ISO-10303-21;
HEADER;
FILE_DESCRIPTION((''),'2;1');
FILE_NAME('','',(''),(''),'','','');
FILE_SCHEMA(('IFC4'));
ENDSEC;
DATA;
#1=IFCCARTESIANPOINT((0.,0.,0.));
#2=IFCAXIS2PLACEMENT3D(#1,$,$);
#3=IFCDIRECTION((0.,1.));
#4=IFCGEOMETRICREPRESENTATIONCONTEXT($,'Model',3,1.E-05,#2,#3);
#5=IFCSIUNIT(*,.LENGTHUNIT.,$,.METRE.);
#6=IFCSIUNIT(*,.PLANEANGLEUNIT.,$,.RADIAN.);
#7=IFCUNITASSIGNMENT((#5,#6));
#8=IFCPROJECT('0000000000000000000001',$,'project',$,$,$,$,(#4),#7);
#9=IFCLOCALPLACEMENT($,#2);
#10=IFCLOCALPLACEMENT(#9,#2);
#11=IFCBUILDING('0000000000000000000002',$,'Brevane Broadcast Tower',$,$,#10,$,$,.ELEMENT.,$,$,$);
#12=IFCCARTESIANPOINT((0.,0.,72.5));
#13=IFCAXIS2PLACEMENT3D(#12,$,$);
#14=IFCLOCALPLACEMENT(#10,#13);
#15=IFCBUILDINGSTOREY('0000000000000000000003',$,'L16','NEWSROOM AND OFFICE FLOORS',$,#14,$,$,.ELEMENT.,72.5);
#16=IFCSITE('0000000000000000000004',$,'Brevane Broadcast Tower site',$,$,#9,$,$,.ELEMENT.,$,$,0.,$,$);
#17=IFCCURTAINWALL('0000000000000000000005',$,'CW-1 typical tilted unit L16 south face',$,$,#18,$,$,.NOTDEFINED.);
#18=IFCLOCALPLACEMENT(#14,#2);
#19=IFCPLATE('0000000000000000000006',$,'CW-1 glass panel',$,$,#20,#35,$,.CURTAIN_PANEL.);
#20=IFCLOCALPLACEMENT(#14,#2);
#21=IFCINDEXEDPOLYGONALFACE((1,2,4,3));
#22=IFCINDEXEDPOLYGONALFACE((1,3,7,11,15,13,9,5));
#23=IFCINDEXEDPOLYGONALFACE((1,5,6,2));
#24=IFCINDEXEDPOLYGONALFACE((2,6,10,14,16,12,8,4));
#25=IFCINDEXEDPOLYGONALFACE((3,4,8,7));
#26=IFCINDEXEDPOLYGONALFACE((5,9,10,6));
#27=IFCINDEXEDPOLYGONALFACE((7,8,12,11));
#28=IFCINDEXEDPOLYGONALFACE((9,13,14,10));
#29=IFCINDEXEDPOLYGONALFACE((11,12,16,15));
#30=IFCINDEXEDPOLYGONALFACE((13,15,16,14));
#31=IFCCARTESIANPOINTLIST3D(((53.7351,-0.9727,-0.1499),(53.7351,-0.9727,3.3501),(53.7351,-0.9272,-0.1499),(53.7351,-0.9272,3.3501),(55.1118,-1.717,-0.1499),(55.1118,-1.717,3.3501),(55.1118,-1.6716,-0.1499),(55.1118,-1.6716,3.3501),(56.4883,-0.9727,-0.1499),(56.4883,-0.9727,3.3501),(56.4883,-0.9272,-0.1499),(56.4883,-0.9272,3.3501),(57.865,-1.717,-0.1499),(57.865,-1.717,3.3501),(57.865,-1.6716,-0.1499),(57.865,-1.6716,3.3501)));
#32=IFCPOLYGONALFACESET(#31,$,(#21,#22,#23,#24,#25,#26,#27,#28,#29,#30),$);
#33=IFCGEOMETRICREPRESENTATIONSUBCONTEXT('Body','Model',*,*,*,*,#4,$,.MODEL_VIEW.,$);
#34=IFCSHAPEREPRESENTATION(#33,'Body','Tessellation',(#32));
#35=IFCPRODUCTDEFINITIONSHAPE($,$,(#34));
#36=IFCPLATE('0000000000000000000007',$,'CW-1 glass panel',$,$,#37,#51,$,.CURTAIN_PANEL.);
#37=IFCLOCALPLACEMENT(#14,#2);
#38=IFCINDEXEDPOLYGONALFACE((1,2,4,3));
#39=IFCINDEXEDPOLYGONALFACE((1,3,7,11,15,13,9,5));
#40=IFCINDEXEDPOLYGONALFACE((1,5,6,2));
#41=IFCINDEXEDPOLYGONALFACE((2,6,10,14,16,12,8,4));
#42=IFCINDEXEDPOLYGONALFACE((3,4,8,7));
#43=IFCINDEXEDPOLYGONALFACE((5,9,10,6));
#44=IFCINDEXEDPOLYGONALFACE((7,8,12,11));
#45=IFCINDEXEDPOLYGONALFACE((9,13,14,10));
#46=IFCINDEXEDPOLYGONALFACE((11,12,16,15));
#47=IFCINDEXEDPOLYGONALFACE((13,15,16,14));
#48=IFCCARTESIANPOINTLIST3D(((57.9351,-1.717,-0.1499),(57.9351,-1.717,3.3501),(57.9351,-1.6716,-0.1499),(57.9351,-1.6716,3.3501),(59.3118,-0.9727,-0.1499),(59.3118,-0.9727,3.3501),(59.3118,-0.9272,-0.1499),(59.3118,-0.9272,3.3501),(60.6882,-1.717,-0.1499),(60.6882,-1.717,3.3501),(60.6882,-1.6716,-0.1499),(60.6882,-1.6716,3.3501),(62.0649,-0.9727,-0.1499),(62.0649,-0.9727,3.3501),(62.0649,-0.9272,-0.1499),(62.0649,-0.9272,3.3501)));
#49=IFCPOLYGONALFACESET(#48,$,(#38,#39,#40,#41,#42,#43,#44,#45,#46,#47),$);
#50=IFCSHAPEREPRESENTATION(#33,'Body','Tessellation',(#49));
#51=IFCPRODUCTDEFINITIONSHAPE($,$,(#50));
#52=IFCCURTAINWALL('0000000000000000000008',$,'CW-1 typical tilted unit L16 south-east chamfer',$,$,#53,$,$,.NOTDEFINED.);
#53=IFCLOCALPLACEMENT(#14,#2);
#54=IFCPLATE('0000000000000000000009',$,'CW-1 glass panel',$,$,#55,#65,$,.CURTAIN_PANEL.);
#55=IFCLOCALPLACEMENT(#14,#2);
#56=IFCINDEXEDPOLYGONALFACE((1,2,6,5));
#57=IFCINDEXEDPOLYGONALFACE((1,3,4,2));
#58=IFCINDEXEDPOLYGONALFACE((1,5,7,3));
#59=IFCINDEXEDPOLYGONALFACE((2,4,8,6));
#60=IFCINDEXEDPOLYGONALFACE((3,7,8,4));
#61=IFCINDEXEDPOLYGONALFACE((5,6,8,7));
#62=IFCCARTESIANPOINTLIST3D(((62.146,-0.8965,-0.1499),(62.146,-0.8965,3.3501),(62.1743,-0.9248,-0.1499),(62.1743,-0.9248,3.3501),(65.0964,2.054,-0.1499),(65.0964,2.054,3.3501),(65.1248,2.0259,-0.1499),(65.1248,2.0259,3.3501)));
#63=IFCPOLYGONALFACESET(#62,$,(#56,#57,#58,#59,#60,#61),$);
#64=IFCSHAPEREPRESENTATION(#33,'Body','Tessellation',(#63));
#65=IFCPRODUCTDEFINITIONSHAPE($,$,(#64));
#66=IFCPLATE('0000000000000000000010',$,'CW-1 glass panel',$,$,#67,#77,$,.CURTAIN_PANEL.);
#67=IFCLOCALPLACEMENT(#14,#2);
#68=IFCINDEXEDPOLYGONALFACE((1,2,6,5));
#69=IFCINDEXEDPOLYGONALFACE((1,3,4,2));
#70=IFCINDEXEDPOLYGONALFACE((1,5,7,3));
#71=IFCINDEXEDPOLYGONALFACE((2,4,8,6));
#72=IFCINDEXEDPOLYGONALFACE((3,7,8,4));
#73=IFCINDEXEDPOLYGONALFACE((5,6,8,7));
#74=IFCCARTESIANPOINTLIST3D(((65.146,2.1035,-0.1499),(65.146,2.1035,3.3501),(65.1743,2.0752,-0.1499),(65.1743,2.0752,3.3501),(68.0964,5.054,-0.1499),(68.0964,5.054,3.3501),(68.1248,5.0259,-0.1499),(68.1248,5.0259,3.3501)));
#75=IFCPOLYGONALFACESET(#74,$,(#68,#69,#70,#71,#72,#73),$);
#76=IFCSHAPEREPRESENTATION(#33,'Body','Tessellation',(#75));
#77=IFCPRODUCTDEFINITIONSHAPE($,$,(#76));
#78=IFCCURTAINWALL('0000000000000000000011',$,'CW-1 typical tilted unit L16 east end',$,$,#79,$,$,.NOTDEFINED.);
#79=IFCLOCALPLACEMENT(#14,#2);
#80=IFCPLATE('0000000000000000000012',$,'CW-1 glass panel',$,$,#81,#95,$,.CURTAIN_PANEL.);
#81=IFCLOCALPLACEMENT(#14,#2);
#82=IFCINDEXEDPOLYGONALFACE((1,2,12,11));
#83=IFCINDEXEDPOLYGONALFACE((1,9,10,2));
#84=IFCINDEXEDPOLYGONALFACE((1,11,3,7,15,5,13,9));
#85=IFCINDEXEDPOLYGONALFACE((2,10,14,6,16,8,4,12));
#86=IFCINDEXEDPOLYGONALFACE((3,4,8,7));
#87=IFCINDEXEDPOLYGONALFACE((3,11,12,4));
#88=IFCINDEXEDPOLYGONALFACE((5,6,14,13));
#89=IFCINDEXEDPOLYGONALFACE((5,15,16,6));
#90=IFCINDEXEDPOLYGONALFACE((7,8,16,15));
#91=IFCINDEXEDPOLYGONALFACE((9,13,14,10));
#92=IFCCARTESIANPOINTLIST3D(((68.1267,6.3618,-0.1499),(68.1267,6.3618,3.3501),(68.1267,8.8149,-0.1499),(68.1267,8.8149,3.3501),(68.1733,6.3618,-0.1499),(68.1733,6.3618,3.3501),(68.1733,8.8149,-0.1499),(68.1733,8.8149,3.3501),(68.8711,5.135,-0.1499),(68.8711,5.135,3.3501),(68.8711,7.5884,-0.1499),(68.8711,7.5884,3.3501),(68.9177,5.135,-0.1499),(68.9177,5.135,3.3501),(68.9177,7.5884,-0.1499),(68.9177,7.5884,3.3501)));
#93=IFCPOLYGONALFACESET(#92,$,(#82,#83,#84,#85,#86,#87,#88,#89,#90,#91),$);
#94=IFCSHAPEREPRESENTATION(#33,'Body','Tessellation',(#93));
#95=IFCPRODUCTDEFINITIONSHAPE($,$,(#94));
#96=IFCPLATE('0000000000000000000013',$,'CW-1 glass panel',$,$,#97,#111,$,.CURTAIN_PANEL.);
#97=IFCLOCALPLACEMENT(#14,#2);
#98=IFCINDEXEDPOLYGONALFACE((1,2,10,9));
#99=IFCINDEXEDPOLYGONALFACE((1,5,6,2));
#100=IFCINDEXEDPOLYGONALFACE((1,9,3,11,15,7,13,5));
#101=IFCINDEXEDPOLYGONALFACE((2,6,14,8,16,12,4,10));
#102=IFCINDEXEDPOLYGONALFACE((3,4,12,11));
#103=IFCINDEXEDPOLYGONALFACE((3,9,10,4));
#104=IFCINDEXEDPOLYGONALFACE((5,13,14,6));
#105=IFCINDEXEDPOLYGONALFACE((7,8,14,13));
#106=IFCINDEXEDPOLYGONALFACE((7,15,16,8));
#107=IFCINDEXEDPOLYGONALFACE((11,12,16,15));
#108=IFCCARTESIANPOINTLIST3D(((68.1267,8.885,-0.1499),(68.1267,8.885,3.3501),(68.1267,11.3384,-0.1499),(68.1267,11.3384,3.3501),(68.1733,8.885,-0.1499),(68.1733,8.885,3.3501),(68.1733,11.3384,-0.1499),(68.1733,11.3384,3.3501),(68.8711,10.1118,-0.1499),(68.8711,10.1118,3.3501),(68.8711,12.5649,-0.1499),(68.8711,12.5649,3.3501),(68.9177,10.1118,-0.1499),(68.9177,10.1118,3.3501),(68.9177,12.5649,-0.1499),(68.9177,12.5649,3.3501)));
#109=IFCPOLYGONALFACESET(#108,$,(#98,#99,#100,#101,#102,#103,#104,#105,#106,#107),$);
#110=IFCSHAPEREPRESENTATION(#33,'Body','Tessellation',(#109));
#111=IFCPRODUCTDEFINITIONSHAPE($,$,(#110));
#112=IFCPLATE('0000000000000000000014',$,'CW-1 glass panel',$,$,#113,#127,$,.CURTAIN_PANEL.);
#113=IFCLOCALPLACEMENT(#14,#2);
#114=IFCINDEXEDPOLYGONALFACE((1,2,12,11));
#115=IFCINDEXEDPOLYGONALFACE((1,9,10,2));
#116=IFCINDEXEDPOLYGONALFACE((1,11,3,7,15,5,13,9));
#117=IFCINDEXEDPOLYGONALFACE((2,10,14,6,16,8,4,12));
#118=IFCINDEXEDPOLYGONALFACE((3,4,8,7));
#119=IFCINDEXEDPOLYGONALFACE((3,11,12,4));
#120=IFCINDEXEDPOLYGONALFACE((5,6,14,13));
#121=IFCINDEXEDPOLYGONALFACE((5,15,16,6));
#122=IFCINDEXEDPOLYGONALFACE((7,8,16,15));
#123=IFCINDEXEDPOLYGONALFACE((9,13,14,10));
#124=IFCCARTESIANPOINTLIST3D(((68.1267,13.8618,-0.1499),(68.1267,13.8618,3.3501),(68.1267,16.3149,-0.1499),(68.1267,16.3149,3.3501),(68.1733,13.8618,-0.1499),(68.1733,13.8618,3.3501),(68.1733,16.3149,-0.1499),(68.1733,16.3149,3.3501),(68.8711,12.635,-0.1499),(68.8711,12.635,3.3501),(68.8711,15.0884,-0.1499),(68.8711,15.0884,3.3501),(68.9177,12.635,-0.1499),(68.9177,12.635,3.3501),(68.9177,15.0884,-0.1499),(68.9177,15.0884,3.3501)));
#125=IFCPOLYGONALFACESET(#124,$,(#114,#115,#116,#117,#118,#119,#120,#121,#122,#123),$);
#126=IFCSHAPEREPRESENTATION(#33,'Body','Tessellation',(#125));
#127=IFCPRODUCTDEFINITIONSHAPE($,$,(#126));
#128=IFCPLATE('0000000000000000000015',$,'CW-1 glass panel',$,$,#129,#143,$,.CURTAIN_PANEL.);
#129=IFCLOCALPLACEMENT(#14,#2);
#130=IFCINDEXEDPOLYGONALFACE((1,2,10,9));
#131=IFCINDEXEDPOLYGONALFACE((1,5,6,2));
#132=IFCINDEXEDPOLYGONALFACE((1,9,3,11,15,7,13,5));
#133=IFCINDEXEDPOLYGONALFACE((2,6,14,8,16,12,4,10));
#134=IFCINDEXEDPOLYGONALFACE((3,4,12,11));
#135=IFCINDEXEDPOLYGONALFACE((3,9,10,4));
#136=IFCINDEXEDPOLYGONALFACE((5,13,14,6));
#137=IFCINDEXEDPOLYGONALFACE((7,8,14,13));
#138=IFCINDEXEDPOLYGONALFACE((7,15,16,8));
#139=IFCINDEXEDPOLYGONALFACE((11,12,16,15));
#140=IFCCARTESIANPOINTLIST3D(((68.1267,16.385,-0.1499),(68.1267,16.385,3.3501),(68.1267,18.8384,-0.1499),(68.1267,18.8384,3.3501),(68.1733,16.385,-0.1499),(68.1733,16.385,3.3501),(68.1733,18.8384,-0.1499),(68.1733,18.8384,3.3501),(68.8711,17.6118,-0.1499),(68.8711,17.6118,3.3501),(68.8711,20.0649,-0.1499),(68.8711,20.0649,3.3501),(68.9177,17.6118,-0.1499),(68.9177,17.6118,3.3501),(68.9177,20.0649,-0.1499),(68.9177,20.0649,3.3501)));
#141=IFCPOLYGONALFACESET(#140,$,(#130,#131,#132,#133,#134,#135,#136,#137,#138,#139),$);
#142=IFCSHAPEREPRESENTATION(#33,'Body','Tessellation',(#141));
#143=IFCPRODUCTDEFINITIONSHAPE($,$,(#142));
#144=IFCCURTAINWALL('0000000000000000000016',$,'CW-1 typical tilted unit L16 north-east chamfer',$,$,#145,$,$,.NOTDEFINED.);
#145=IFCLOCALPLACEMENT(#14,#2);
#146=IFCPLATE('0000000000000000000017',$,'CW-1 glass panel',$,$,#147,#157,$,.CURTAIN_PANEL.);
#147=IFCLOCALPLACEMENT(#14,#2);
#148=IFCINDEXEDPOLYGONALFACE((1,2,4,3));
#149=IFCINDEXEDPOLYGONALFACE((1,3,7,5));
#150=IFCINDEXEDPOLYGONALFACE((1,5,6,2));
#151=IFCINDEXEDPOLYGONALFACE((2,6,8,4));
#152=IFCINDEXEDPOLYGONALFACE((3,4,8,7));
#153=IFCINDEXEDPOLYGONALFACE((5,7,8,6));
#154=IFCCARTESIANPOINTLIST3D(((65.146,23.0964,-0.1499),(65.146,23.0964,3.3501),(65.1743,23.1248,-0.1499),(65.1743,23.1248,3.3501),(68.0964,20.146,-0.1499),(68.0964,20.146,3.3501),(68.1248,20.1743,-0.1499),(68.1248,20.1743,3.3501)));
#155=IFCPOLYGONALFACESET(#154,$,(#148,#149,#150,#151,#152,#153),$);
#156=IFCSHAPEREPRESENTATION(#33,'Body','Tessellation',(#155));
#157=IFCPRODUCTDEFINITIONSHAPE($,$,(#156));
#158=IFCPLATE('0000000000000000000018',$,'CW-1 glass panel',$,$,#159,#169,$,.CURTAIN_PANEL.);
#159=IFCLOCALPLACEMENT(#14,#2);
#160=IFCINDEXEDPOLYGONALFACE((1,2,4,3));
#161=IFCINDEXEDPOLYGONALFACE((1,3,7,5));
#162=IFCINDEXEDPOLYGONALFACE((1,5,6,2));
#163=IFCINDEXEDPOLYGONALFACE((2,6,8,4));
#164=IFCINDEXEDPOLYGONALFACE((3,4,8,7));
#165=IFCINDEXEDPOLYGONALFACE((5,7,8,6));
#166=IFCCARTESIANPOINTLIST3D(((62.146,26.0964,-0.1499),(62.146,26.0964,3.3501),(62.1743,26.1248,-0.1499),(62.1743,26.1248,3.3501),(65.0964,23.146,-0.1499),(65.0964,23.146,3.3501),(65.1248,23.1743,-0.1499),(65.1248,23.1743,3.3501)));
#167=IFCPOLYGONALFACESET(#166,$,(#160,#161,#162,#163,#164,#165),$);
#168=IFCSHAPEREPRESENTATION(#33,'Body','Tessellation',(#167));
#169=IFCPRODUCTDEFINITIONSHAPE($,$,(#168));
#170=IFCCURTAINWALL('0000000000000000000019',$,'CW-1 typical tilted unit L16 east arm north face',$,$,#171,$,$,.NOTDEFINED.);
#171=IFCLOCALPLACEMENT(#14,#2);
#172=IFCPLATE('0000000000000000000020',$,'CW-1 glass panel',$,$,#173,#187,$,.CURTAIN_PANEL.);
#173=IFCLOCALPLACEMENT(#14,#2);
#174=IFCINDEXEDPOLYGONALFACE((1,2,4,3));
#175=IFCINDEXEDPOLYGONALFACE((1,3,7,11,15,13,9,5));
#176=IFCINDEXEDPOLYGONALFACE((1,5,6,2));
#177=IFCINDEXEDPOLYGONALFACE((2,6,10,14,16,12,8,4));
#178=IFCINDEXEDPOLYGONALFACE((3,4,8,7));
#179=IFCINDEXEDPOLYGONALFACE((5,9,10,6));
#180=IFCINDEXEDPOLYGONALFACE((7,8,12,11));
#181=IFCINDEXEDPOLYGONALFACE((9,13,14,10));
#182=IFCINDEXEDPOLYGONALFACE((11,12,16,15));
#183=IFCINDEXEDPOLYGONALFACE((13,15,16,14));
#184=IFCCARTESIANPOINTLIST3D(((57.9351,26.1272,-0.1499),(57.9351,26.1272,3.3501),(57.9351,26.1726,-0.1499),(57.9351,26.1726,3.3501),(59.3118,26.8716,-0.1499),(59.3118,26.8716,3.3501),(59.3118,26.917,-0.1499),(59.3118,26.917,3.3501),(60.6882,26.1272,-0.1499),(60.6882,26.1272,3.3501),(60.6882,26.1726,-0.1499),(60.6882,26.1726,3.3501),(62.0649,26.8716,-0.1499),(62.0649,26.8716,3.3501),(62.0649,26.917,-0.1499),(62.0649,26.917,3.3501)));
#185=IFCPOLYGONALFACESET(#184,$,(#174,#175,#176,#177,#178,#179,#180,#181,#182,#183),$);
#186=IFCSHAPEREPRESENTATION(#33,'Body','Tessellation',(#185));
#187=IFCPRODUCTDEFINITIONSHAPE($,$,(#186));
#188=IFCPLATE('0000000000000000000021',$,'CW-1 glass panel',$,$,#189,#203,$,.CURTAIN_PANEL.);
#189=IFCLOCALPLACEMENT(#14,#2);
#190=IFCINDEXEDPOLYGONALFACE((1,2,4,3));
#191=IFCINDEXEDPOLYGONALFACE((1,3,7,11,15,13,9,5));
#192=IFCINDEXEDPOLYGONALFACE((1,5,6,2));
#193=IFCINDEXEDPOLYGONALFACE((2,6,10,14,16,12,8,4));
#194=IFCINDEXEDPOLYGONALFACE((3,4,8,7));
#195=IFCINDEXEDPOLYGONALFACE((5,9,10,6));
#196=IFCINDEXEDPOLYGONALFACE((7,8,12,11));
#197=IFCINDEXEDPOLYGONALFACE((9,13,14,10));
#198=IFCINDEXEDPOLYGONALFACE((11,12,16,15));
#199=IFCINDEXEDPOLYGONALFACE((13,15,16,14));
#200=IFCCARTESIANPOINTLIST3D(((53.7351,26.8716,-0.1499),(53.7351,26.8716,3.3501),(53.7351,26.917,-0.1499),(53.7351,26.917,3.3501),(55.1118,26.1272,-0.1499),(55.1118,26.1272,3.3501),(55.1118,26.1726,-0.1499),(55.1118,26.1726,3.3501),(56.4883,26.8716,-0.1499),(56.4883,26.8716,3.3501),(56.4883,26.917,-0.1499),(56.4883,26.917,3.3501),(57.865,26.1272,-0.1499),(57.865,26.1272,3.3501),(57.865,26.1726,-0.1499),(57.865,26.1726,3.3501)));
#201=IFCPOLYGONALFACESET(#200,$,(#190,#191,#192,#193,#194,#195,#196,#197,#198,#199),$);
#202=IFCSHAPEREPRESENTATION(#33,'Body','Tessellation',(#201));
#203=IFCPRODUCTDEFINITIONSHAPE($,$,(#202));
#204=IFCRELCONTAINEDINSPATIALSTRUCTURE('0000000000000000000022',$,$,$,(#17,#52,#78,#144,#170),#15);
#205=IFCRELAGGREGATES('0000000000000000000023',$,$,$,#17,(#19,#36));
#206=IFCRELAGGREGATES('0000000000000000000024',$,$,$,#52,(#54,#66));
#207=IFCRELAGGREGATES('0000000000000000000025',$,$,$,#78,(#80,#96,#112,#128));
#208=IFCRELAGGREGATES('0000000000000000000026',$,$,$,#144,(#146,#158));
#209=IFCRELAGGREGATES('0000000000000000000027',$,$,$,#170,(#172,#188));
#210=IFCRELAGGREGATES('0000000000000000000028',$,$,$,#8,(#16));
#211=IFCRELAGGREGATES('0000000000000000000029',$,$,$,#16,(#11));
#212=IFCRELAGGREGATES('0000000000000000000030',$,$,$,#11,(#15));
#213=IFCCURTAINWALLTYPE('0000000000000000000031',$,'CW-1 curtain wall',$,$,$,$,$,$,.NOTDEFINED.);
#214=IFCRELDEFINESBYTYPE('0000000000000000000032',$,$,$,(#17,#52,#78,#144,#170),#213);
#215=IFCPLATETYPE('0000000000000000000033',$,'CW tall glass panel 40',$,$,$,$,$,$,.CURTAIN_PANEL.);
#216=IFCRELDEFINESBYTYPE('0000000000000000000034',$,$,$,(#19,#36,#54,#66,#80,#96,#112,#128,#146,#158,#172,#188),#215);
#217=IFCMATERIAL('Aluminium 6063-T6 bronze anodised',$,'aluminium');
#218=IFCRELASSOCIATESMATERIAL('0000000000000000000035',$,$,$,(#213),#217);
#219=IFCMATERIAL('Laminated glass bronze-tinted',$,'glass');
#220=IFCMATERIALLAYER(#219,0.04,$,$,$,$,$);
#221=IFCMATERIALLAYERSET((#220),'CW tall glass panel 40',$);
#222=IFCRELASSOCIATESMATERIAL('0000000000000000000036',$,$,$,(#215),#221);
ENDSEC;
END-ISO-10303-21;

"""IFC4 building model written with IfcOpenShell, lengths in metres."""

from ifc_helpers import new_model, si_unit, direction, frame, origin, place, context, subcontext, project, spatial, polyline, outline, extrude, material, layer, layer_set, type_object, element, aggregate, save


model = new_model("IFC4")

# Units and contexts
model_context = context("Model", 3, precision=1e-05, world=origin(), true_north=direction((0.0, 1.0)))
body_context = subcontext(model_context, "Body", "Model", "MODEL_VIEW")
ifc_project = project(units=[si_unit("LENGTHUNIT", "METRE"), si_unit("PLANEANGLEUNIT", "RADIAN")], contexts=[model_context])

# Site, building, storey
site_placement = place(None, origin())
site = spatial("IfcSite", under=ifc_project, at=site_placement, Name="Brevane Broadcast Tower site", CompositionType="ELEMENT", RefElevation=0.0)
building_placement = place(site_placement, origin())
building = spatial("IfcBuilding", under=site, at=building_placement, Name="Brevane Broadcast Tower", CompositionType="ELEMENT")
storey_placement = place(building_placement, frame((0.0, 0.0, 72.5)))
storey = spatial("IfcBuildingStorey", under=building, at=storey_placement, Name="L16", Description="NEWSROOM AND OFFICE FLOORS", CompositionType="ELEMENT", Elevation=72.5)

# Curtain walls, plates
ifc_material_1 = material(Name="Aluminium 6063-T6 bronze anodised", Category="aluminium")
curtain_wall_type = type_object("IfcCurtainWallType", Name="CW-1 curtain wall", PredefinedType="NOTDEFINED", material=ifc_material_1)
curtain_wall_1_placement = place(storey_placement, origin())
curtain_wall_1 = element("IfcCurtainWall", 1, at=curtain_wall_1_placement, inside=storey, type_object=curtain_wall_type, Name="CW-1 typical tilted unit L16 south face", PredefinedType="NOTDEFINED")
ifc_material_2 = material(Name="Laminated glass bronze-tinted", Category="glass")
ifc_layer = layer(ifc_material_2, 0.04)
ifc_layer_set = layer_set([ifc_layer], Name="CW tall glass panel 40")
plate_type = type_object("IfcPlateType", Name="CW tall glass panel 40", PredefinedType="CURTAIN_PANEL", material=ifc_layer_set)
plate_1_placement = place(storey_placement, frame((0.0, 0.0, -0.1499)))
plate_1 = element("IfcPlate", 2, at=plate_1_placement, type_object=plate_type, Name="CW-1 glass panel", PredefinedType="CURTAIN_PANEL", context=body_context, shape_type="SweptSolid", body=[
    extrude(outline(polyline([(53.7351, -0.9272), (53.7351, -0.9727), (55.1118, -1.717), (56.4883, -0.9727), (57.865, -1.717), (57.865, -1.6716), (56.4883, -0.9272), (55.1118, -1.6716), (53.7351, -0.9272)])), origin(), (0.0, 0.0, 1.0), 3.5),
])
plate_2_placement = place(storey_placement, frame((0.0, 0.0, -0.1499)))
plate_2 = element("IfcPlate", 3, at=plate_2_placement, type_object=plate_type, Name="CW-1 glass panel", PredefinedType="CURTAIN_PANEL", context=body_context, shape_type="SweptSolid", body=[
    extrude(outline(polyline([(57.9351, -1.6716), (57.9351, -1.717), (59.3118, -0.9727), (60.6882, -1.717), (62.0649, -0.9727), (62.0649, -0.9272), (60.6882, -1.6716), (59.3118, -0.9272), (57.9351, -1.6716)])), origin(), (0.0, 0.0, 1.0), 3.5),
])
aggregate(curtain_wall_1, [plate_1, plate_2])
curtain_wall_2_placement = place(storey_placement, origin())
curtain_wall_2 = element("IfcCurtainWall", 4, at=curtain_wall_2_placement, inside=storey, type_object=curtain_wall_type, Name="CW-1 typical tilted unit L16 south-east chamfer", PredefinedType="NOTDEFINED")
plate_3_placement = place(storey_placement, frame((0.0, 0.0, -0.1499)))
plate_3 = element("IfcPlate", 5, at=plate_3_placement, type_object=plate_type, Name="CW-1 glass panel", PredefinedType="CURTAIN_PANEL", context=body_context, shape_type="SweptSolid", body=[
    extrude(outline(polyline([(62.146, -0.8965), (65.0964, 2.054), (65.1248, 2.0259), (62.1743, -0.9248), (62.146, -0.8965)])), origin(), (0.0, 0.0, 1.0), 3.5),
])
plate_4_placement = place(storey_placement, frame((0.0, 0.0, -0.1499)))
plate_4 = element("IfcPlate", 6, at=plate_4_placement, type_object=plate_type, Name="CW-1 glass panel", PredefinedType="CURTAIN_PANEL", context=body_context, shape_type="SweptSolid", body=[
    extrude(outline(polyline([(65.146, 2.1035), (68.0964, 5.054), (68.1248, 5.0259), (65.1743, 2.0752), (65.146, 2.1035)])), origin(), (0.0, 0.0, 1.0), 3.5),
])
aggregate(curtain_wall_2, [plate_3, plate_4])
curtain_wall_3_placement = place(storey_placement, origin())
curtain_wall_3 = element("IfcCurtainWall", 7, at=curtain_wall_3_placement, inside=storey, type_object=curtain_wall_type, Name="CW-1 typical tilted unit L16 east end", PredefinedType="NOTDEFINED")
plate_5_placement = place(storey_placement, frame((0.0, 0.0, -0.1499)))
plate_5 = element("IfcPlate", 8, at=plate_5_placement, type_object=plate_type, Name="CW-1 glass panel", PredefinedType="CURTAIN_PANEL", context=body_context, shape_type="SweptSolid", body=[
    extrude(outline(polyline([(68.8711, 5.135), (68.9177, 5.135), (68.1733, 6.3618), (68.9177, 7.5884), (68.1733, 8.8149), (68.1267, 8.8149), (68.8711, 7.5884), (68.1267, 6.3618), (68.8711, 5.135)])), origin(), (0.0, 0.0, 1.0), 3.5),
])
plate_6_placement = place(storey_placement, frame((0.0, 0.0, -0.1499)))
plate_6 = element("IfcPlate", 9, at=plate_6_placement, type_object=plate_type, Name="CW-1 glass panel", PredefinedType="CURTAIN_PANEL", context=body_context, shape_type="SweptSolid", body=[
    extrude(outline(polyline([(68.1267, 8.885), (68.1733, 8.885), (68.9177, 10.1118), (68.1733, 11.3384), (68.9177, 12.5649), (68.8711, 12.5649), (68.1267, 11.3384), (68.8711, 10.1118), (68.1267, 8.885)])), origin(), (0.0, 0.0, 1.0), 3.5),
])
plate_7_placement = place(storey_placement, frame((0.0, 0.0, -0.1499)))
plate_7 = element("IfcPlate", 10, at=plate_7_placement, type_object=plate_type, Name="CW-1 glass panel", PredefinedType="CURTAIN_PANEL", context=body_context, shape_type="SweptSolid", body=[
    extrude(outline(polyline([(68.8711, 12.635), (68.9177, 12.635), (68.1733, 13.8618), (68.9177, 15.0884), (68.1733, 16.3149), (68.1267, 16.3149), (68.8711, 15.0884), (68.1267, 13.8618), (68.8711, 12.635)])), origin(), (0.0, 0.0, 1.0), 3.5),
])
plate_8_placement = place(storey_placement, frame((0.0, 0.0, -0.1499)))
plate_8 = element("IfcPlate", 11, at=plate_8_placement, type_object=plate_type, Name="CW-1 glass panel", PredefinedType="CURTAIN_PANEL", context=body_context, shape_type="SweptSolid", body=[
    extrude(outline(polyline([(68.1267, 16.385), (68.1733, 16.385), (68.9177, 17.6118), (68.1733, 18.8384), (68.9177, 20.0649), (68.8711, 20.0649), (68.1267, 18.8384), (68.8711, 17.6118), (68.1267, 16.385)])), origin(), (0.0, 0.0, 1.0), 3.5),
])
aggregate(curtain_wall_3, [plate_5, plate_6, plate_7, plate_8])
curtain_wall_4_placement = place(storey_placement, origin())
curtain_wall_4 = element("IfcCurtainWall", 12, at=curtain_wall_4_placement, inside=storey, type_object=curtain_wall_type, Name="CW-1 typical tilted unit L16 north-east chamfer", PredefinedType="NOTDEFINED")
plate_9_placement = place(storey_placement, frame((0.0, 0.0, -0.1499)))
plate_9 = element("IfcPlate", 13, at=plate_9_placement, type_object=plate_type, Name="CW-1 glass panel", PredefinedType="CURTAIN_PANEL", context=body_context, shape_type="SweptSolid", body=[
    extrude(outline(polyline([(68.0964, 20.146), (65.146, 23.0964), (65.1743, 23.1248), (68.1248, 20.1743), (68.0964, 20.146)])), origin(), (0.0, 0.0, 1.0), 3.5),
])
plate_10_placement = place(storey_placement, frame((0.0, 0.0, -0.1499)))
plate_10 = element("IfcPlate", 14, at=plate_10_placement, type_object=plate_type, Name="CW-1 glass panel", PredefinedType="CURTAIN_PANEL", context=body_context, shape_type="SweptSolid", body=[
    extrude(outline(polyline([(65.0964, 23.146), (62.146, 26.0964), (62.1743, 26.1248), (65.1248, 23.1743), (65.0964, 23.146)])), origin(), (0.0, 0.0, 1.0), 3.5),
])
aggregate(curtain_wall_4, [plate_9, plate_10])
curtain_wall_5_placement = place(storey_placement, origin())
curtain_wall_5 = element("IfcCurtainWall", 15, at=curtain_wall_5_placement, inside=storey, type_object=curtain_wall_type, Name="CW-1 typical tilted unit L16 east arm north face", PredefinedType="NOTDEFINED")
plate_11_placement = place(storey_placement, frame((0.0, 0.0, -0.1499)))
plate_11 = element("IfcPlate", 16, at=plate_11_placement, type_object=plate_type, Name="CW-1 glass panel", PredefinedType="CURTAIN_PANEL", context=body_context, shape_type="SweptSolid", body=[
    extrude(outline(polyline([(62.0649, 26.8716), (62.0649, 26.917), (60.6882, 26.1726), (59.3118, 26.917), (57.9351, 26.1726), (57.9351, 26.1272), (59.3118, 26.8716), (60.6882, 26.1272), (62.0649, 26.8716)])), origin(), (0.0, 0.0, 1.0), 3.5),
])
plate_12_placement = place(storey_placement, frame((0.0, 0.0, -0.1499)))
plate_12 = element("IfcPlate", 17, at=plate_12_placement, type_object=plate_type, Name="CW-1 glass panel", PredefinedType="CURTAIN_PANEL", context=body_context, shape_type="SweptSolid", body=[
    extrude(outline(polyline([(57.865, 26.1272), (57.865, 26.1726), (56.4883, 26.917), (55.1118, 26.1726), (53.7351, 26.917), (53.7351, 26.8716), (55.1118, 26.1272), (56.4883, 26.8716), (57.865, 26.1272)])), origin(), (0.0, 0.0, 1.0), 3.5),
])
aggregate(curtain_wall_5, [plate_11, plate_12])

save(model, "model.ifc")
